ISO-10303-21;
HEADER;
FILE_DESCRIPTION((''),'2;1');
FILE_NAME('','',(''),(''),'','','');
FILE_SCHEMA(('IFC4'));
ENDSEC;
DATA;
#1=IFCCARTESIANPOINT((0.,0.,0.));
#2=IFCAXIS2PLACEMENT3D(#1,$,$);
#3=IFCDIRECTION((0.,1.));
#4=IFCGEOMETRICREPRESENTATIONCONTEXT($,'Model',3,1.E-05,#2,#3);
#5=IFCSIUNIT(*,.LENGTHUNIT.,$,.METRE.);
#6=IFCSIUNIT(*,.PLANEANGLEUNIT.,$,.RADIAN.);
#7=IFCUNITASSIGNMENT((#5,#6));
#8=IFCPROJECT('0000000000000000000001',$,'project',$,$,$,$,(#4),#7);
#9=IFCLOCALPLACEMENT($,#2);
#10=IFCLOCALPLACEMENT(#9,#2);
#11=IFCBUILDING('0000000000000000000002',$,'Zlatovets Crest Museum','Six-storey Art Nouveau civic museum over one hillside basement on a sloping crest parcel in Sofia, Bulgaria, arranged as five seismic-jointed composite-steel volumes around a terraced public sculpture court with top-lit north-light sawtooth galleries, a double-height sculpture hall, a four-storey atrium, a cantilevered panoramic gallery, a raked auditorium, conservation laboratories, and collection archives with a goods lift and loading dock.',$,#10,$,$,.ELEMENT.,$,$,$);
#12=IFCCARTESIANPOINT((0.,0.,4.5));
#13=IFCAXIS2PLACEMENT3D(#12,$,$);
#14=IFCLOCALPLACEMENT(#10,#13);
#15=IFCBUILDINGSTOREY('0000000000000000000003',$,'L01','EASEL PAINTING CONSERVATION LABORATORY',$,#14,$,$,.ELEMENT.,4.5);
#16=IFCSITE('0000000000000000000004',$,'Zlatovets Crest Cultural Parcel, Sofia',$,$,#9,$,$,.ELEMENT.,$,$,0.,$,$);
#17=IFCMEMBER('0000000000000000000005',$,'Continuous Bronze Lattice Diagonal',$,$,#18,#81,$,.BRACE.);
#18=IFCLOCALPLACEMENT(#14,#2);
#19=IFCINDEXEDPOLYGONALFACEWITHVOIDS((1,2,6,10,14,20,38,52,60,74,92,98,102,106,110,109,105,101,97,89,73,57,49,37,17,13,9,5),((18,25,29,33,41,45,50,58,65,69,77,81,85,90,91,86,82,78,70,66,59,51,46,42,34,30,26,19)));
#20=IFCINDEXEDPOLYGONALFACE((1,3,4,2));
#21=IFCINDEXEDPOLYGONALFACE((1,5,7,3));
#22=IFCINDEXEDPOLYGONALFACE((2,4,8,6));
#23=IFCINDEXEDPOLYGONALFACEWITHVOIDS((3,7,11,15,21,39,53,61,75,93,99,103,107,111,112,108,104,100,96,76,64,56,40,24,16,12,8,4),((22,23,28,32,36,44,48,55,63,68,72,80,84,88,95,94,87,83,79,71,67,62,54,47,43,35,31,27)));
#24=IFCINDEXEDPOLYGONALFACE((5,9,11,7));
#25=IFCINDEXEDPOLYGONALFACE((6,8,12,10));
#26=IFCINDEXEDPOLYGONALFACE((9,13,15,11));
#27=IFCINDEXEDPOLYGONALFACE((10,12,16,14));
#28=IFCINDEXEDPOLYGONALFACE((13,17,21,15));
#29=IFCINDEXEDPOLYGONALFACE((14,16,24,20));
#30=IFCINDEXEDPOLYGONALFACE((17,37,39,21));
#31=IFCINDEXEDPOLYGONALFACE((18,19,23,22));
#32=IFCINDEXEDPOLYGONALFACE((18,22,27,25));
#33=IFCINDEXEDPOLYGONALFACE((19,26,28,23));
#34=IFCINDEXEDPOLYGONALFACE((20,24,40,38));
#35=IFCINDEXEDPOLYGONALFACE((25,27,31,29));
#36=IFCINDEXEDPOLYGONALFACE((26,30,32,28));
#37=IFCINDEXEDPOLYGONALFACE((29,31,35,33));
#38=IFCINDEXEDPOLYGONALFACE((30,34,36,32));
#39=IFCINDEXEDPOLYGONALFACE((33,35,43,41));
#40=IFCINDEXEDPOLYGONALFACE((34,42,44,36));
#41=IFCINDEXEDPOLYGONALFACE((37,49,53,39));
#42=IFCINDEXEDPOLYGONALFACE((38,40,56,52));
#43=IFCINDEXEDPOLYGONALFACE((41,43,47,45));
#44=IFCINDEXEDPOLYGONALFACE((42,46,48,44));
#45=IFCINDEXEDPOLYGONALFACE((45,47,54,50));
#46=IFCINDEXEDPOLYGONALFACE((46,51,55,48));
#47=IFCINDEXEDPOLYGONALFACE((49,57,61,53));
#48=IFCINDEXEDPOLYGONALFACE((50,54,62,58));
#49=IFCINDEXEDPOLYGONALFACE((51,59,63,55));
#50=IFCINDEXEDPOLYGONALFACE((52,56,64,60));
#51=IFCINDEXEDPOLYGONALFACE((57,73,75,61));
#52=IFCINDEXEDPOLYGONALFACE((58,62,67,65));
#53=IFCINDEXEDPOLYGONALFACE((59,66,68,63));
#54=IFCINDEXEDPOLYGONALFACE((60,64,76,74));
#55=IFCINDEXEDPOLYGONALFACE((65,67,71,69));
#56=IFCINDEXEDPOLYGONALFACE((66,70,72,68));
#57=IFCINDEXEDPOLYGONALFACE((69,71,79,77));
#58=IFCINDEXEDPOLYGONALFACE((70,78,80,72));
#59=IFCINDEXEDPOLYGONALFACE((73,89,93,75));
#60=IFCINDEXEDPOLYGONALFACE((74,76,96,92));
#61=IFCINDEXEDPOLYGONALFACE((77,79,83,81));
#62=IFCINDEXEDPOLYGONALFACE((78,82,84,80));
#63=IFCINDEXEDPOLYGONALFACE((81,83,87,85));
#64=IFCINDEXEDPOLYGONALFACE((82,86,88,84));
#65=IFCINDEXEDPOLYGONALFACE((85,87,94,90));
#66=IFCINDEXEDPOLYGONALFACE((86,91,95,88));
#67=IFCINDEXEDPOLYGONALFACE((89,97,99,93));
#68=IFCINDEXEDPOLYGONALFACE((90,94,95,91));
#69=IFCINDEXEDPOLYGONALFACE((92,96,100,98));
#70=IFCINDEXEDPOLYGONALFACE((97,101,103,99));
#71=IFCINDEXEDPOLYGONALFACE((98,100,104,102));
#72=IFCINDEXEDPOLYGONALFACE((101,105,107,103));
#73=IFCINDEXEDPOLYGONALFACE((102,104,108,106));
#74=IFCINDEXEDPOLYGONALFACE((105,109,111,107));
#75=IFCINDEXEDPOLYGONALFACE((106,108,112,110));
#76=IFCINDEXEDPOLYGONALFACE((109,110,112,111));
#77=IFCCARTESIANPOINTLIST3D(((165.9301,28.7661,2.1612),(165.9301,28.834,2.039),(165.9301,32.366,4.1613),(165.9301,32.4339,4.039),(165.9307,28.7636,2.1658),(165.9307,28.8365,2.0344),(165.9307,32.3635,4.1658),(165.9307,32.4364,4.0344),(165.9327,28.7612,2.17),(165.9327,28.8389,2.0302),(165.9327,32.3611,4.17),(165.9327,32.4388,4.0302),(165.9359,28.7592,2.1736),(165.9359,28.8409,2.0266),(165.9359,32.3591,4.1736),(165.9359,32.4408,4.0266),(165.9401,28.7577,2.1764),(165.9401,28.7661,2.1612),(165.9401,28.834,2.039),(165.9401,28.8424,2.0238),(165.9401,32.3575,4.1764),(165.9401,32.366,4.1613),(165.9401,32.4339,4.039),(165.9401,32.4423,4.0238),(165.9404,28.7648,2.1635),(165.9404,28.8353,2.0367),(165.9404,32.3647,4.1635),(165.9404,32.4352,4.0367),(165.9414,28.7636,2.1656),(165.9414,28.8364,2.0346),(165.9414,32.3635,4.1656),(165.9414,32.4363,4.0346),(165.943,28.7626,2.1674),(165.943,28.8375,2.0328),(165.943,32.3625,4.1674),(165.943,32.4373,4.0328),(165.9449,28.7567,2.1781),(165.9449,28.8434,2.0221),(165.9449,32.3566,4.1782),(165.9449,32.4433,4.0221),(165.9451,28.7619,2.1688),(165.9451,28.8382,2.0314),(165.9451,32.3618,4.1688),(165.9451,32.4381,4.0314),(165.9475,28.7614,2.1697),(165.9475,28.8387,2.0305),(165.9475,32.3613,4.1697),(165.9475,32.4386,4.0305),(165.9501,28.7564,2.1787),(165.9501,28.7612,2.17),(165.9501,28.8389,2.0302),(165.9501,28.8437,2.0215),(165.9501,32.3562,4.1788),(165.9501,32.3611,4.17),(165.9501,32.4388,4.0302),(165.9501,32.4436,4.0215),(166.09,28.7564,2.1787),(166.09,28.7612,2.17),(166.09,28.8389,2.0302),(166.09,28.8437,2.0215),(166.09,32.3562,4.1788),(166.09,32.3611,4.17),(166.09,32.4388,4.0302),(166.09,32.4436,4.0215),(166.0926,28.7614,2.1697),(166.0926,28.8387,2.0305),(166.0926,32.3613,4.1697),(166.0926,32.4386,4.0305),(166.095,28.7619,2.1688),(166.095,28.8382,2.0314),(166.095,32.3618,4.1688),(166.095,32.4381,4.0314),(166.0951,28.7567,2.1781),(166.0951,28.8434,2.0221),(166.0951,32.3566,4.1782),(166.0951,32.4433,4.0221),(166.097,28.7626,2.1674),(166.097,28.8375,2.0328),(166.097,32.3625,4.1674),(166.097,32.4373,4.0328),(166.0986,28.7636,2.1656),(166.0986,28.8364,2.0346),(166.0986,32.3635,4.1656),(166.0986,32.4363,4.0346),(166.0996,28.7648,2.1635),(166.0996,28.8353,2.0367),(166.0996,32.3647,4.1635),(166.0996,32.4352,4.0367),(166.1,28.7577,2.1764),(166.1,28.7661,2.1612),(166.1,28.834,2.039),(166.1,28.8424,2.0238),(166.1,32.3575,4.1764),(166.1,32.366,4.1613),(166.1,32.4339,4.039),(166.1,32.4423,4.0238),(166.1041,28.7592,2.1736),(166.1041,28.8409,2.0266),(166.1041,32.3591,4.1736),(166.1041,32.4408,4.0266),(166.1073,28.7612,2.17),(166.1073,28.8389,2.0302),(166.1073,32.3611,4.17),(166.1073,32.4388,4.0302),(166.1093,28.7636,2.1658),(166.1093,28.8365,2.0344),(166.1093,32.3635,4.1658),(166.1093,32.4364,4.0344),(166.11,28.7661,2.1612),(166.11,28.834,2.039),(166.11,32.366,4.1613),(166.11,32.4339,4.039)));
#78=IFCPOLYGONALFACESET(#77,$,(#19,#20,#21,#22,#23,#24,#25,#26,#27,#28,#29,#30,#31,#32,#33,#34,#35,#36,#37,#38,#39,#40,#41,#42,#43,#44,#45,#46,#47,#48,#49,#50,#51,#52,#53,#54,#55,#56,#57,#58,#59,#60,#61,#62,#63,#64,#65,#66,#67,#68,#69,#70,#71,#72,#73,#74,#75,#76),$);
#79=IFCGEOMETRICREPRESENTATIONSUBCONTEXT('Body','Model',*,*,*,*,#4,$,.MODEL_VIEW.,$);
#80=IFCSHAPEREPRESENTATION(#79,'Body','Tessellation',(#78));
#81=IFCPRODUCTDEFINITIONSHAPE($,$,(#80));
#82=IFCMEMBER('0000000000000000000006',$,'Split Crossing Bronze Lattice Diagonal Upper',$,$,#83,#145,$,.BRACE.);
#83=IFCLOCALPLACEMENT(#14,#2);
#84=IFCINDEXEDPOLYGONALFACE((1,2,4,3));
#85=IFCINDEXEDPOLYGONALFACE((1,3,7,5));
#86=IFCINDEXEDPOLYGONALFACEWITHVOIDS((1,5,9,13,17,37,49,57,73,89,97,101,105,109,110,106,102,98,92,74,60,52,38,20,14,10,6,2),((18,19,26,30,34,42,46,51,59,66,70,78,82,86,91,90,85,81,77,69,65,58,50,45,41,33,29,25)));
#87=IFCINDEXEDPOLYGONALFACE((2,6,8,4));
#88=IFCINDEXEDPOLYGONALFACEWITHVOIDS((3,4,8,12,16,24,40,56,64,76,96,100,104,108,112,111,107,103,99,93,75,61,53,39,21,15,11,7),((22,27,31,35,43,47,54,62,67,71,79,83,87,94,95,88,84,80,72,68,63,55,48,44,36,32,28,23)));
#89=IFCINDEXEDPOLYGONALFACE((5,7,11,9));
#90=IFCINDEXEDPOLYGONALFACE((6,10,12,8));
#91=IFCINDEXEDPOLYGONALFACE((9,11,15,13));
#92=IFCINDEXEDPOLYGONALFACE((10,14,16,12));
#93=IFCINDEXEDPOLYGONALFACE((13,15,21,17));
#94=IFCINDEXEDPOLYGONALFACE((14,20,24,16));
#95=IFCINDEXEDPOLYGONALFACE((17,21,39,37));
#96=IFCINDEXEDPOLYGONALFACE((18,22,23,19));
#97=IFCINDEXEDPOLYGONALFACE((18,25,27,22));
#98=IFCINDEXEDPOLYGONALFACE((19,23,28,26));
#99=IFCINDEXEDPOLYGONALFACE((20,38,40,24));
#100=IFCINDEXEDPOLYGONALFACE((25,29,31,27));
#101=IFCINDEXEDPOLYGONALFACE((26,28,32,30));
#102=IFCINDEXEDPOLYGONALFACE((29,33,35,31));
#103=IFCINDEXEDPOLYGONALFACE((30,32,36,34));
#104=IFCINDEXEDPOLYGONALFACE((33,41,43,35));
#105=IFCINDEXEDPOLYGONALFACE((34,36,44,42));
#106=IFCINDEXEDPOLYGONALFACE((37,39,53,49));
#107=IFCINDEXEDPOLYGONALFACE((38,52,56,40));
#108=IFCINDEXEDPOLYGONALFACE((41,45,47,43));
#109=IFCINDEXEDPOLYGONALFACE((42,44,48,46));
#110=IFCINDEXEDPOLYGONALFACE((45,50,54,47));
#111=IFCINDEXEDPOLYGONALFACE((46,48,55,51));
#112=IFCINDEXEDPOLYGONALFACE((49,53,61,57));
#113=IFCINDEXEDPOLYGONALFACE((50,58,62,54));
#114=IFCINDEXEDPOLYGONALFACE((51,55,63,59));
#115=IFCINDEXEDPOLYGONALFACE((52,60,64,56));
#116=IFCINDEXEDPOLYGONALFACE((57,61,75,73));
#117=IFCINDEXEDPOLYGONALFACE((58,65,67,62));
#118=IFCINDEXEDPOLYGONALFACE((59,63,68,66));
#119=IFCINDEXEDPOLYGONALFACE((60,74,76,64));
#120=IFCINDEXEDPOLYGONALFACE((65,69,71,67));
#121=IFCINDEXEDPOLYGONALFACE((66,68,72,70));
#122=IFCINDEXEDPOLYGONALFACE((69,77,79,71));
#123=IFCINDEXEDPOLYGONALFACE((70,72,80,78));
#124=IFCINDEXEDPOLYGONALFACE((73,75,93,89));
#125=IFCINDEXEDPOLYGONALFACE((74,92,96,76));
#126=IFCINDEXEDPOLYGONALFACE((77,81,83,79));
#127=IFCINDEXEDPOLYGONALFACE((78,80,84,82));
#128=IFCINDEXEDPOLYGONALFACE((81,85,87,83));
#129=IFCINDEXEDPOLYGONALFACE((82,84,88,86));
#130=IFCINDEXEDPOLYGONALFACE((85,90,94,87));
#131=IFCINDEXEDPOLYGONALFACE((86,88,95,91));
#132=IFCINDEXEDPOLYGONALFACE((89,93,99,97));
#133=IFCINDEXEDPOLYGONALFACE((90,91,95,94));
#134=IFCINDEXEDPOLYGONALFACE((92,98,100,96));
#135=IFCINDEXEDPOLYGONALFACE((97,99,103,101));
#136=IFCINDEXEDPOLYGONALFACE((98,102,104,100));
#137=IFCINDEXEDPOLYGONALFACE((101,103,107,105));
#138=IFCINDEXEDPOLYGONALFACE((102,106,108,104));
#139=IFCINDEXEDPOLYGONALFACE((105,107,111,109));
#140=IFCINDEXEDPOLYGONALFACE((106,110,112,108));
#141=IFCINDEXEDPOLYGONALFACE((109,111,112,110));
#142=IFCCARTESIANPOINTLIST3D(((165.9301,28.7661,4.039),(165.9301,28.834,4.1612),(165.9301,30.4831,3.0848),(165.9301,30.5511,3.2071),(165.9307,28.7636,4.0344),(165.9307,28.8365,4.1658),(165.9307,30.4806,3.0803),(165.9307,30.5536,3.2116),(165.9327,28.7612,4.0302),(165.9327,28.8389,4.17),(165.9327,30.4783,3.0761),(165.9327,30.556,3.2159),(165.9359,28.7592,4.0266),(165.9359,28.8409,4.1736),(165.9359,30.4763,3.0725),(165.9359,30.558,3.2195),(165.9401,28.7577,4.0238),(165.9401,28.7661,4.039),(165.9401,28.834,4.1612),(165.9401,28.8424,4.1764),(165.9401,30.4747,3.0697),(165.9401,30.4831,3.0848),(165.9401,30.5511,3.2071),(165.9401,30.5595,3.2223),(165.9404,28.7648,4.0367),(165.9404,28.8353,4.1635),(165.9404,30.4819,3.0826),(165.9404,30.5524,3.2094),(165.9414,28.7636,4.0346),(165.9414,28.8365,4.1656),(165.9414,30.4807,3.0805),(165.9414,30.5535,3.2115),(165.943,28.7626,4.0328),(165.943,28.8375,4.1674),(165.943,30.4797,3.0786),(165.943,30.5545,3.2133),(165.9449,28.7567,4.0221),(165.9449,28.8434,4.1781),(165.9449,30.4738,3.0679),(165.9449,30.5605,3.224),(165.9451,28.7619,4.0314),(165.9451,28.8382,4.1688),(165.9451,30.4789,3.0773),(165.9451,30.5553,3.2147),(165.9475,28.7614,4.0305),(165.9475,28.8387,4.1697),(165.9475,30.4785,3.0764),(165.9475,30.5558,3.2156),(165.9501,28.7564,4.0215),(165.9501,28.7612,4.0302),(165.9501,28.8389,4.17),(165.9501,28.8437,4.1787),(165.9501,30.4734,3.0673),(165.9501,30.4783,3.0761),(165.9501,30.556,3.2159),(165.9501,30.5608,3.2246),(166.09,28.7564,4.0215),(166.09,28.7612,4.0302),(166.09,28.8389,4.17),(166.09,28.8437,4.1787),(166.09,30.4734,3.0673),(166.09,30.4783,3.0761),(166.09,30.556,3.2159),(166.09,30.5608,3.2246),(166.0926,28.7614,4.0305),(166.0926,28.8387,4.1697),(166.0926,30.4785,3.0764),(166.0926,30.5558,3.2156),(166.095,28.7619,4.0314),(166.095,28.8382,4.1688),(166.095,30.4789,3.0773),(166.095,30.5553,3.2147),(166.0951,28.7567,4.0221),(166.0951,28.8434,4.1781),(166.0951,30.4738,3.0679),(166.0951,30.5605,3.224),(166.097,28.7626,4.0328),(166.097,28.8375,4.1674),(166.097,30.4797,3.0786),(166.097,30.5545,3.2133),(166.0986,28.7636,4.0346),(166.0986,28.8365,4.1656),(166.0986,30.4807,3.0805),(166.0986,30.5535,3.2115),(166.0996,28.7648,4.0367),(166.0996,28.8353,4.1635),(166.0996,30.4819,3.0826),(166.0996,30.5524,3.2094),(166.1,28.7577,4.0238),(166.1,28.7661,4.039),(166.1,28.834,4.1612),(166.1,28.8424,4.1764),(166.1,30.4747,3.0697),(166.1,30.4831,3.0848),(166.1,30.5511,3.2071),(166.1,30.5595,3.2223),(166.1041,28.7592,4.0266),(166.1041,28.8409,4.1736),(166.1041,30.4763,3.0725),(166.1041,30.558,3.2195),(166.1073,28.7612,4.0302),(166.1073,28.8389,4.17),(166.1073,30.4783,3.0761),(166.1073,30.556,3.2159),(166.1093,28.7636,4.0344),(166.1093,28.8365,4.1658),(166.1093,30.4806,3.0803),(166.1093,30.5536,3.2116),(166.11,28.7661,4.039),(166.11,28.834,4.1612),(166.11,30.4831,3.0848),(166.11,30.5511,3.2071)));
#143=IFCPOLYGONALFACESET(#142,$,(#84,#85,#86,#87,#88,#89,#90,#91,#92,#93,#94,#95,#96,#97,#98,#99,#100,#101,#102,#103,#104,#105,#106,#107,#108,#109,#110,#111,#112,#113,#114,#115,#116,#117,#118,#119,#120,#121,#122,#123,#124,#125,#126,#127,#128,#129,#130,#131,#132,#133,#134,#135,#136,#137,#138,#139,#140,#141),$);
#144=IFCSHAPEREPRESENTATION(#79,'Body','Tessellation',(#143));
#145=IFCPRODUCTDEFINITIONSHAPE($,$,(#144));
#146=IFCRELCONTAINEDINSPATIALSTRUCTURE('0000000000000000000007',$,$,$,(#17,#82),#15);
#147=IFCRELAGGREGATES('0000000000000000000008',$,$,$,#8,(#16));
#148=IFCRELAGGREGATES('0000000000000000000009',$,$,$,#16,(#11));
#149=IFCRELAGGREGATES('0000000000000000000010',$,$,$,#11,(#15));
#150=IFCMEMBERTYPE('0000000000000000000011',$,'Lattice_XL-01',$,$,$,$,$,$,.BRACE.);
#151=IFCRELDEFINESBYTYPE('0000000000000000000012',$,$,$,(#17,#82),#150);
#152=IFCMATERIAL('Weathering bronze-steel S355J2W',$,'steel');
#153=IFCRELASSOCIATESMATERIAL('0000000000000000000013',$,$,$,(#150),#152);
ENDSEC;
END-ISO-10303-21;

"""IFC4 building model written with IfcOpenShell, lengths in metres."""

from ifc_helpers import new_model, si_unit, direction, frame, origin, origin_2d, place, context, subcontext, project, spatial, hollow_rectangle, extrude, material, material_profile, profile_set, type_object, element, save


model = new_model("IFC4")

# Units and contexts
model_context = context("Model", 3, precision=1e-05, world=origin(), true_north=direction((0.0, 1.0)))
body_context = subcontext(model_context, "Body", "Model", "MODEL_VIEW")
ifc_project = project(units=[si_unit("LENGTHUNIT", "METRE"), si_unit("PLANEANGLEUNIT", "RADIAN")], contexts=[model_context])

# Site, building, storey
site_placement = place(None, origin())
site = spatial("IfcSite", under=ifc_project, at=site_placement, Name="Zlatovets Crest Cultural Parcel, Sofia", CompositionType="ELEMENT", RefElevation=0.0)
building_placement = place(site_placement, origin())
building = spatial("IfcBuilding", under=site, at=building_placement, Name="Zlatovets Crest Museum", Description="Six-storey Art Nouveau civic museum over one hillside basement on a sloping crest parcel in Sofia, Bulgaria, arranged as five seismic-jointed composite-steel volumes around a terraced public sculpture court with top-lit north-light sawtooth galleries, a double-height sculpture hall, a four-storey atrium, a cantilevered panoramic gallery, a raked auditorium, conservation laboratories, and collection archives with a goods lift and loading dock.", CompositionType="ELEMENT")
storey_placement = place(building_placement, frame((0.0, 0.0, 4.5)))
storey = spatial("IfcBuildingStorey", under=building, at=storey_placement, Name="L01", Description="EASEL PAINTING CONSERVATION LABORATORY", CompositionType="ELEMENT", Elevation=4.5)

# Members
ifc_material_1 = material(Name="Weathering bronze-steel S355J2W", Category="steel")
ifc_material_profile_1 = material_profile(ifc_material_1, hollow_rectangle(XDim=0.1799, YDim=0.1799, WallThickness=0.01, InnerFilletRadius=0.01, OuterFilletRadius=0.02, at=origin_2d()), Name="SHS 180x180x10.0")
ifc_profile_set_1 = profile_set([ifc_material_profile_1], Name="Weathering bronze-steel S355J2W")
member_type_1 = type_object("IfcMemberType", Name="Lattice_XL-01", PredefinedType="BRACE", material=ifc_profile_set_1)
member_1_placement = place(storey_placement, frame((166.02, 28.8, 2.1001), z_axis=(0.0, 0.874149, 0.485658), x_axis=(-1.0, 0.0, 0.0)))
element("IfcMember", 1, at=member_1_placement, inside=storey, type_object=member_type_1, Name="Continuous Bronze Lattice Diagonal", PredefinedType="BRACE", context=body_context, shape_type="SweptSolid", body=[
    extrude(hollow_rectangle(XDim=0.1799, YDim=0.1799, WallThickness=0.01, InnerFilletRadius=0.01, OuterFilletRadius=0.02, at=origin_2d()), origin(), (0.0, 0.0, 1.0), 4.1182),
])
member_2_placement = place(storey_placement, frame((166.02, 28.8, 4.1001), z_axis=(0.0, 0.874116, -0.485717), x_axis=(-1.0, 0.0, 0.0)))
element("IfcMember", 2, at=member_2_placement, inside=storey, type_object=member_type_1, Name="Split Crossing Bronze Lattice Diagonal Upper", PredefinedType="BRACE", context=body_context, shape_type="SweptSolid", body=[
    extrude(hollow_rectangle(XDim=0.1799, YDim=0.1799, WallThickness=0.01, InnerFilletRadius=0.01, OuterFilletRadius=0.02, at=origin_2d()), origin(), (0.0, 0.0, 1.0), 1.9644),
])

save(model, "model.ifc")
